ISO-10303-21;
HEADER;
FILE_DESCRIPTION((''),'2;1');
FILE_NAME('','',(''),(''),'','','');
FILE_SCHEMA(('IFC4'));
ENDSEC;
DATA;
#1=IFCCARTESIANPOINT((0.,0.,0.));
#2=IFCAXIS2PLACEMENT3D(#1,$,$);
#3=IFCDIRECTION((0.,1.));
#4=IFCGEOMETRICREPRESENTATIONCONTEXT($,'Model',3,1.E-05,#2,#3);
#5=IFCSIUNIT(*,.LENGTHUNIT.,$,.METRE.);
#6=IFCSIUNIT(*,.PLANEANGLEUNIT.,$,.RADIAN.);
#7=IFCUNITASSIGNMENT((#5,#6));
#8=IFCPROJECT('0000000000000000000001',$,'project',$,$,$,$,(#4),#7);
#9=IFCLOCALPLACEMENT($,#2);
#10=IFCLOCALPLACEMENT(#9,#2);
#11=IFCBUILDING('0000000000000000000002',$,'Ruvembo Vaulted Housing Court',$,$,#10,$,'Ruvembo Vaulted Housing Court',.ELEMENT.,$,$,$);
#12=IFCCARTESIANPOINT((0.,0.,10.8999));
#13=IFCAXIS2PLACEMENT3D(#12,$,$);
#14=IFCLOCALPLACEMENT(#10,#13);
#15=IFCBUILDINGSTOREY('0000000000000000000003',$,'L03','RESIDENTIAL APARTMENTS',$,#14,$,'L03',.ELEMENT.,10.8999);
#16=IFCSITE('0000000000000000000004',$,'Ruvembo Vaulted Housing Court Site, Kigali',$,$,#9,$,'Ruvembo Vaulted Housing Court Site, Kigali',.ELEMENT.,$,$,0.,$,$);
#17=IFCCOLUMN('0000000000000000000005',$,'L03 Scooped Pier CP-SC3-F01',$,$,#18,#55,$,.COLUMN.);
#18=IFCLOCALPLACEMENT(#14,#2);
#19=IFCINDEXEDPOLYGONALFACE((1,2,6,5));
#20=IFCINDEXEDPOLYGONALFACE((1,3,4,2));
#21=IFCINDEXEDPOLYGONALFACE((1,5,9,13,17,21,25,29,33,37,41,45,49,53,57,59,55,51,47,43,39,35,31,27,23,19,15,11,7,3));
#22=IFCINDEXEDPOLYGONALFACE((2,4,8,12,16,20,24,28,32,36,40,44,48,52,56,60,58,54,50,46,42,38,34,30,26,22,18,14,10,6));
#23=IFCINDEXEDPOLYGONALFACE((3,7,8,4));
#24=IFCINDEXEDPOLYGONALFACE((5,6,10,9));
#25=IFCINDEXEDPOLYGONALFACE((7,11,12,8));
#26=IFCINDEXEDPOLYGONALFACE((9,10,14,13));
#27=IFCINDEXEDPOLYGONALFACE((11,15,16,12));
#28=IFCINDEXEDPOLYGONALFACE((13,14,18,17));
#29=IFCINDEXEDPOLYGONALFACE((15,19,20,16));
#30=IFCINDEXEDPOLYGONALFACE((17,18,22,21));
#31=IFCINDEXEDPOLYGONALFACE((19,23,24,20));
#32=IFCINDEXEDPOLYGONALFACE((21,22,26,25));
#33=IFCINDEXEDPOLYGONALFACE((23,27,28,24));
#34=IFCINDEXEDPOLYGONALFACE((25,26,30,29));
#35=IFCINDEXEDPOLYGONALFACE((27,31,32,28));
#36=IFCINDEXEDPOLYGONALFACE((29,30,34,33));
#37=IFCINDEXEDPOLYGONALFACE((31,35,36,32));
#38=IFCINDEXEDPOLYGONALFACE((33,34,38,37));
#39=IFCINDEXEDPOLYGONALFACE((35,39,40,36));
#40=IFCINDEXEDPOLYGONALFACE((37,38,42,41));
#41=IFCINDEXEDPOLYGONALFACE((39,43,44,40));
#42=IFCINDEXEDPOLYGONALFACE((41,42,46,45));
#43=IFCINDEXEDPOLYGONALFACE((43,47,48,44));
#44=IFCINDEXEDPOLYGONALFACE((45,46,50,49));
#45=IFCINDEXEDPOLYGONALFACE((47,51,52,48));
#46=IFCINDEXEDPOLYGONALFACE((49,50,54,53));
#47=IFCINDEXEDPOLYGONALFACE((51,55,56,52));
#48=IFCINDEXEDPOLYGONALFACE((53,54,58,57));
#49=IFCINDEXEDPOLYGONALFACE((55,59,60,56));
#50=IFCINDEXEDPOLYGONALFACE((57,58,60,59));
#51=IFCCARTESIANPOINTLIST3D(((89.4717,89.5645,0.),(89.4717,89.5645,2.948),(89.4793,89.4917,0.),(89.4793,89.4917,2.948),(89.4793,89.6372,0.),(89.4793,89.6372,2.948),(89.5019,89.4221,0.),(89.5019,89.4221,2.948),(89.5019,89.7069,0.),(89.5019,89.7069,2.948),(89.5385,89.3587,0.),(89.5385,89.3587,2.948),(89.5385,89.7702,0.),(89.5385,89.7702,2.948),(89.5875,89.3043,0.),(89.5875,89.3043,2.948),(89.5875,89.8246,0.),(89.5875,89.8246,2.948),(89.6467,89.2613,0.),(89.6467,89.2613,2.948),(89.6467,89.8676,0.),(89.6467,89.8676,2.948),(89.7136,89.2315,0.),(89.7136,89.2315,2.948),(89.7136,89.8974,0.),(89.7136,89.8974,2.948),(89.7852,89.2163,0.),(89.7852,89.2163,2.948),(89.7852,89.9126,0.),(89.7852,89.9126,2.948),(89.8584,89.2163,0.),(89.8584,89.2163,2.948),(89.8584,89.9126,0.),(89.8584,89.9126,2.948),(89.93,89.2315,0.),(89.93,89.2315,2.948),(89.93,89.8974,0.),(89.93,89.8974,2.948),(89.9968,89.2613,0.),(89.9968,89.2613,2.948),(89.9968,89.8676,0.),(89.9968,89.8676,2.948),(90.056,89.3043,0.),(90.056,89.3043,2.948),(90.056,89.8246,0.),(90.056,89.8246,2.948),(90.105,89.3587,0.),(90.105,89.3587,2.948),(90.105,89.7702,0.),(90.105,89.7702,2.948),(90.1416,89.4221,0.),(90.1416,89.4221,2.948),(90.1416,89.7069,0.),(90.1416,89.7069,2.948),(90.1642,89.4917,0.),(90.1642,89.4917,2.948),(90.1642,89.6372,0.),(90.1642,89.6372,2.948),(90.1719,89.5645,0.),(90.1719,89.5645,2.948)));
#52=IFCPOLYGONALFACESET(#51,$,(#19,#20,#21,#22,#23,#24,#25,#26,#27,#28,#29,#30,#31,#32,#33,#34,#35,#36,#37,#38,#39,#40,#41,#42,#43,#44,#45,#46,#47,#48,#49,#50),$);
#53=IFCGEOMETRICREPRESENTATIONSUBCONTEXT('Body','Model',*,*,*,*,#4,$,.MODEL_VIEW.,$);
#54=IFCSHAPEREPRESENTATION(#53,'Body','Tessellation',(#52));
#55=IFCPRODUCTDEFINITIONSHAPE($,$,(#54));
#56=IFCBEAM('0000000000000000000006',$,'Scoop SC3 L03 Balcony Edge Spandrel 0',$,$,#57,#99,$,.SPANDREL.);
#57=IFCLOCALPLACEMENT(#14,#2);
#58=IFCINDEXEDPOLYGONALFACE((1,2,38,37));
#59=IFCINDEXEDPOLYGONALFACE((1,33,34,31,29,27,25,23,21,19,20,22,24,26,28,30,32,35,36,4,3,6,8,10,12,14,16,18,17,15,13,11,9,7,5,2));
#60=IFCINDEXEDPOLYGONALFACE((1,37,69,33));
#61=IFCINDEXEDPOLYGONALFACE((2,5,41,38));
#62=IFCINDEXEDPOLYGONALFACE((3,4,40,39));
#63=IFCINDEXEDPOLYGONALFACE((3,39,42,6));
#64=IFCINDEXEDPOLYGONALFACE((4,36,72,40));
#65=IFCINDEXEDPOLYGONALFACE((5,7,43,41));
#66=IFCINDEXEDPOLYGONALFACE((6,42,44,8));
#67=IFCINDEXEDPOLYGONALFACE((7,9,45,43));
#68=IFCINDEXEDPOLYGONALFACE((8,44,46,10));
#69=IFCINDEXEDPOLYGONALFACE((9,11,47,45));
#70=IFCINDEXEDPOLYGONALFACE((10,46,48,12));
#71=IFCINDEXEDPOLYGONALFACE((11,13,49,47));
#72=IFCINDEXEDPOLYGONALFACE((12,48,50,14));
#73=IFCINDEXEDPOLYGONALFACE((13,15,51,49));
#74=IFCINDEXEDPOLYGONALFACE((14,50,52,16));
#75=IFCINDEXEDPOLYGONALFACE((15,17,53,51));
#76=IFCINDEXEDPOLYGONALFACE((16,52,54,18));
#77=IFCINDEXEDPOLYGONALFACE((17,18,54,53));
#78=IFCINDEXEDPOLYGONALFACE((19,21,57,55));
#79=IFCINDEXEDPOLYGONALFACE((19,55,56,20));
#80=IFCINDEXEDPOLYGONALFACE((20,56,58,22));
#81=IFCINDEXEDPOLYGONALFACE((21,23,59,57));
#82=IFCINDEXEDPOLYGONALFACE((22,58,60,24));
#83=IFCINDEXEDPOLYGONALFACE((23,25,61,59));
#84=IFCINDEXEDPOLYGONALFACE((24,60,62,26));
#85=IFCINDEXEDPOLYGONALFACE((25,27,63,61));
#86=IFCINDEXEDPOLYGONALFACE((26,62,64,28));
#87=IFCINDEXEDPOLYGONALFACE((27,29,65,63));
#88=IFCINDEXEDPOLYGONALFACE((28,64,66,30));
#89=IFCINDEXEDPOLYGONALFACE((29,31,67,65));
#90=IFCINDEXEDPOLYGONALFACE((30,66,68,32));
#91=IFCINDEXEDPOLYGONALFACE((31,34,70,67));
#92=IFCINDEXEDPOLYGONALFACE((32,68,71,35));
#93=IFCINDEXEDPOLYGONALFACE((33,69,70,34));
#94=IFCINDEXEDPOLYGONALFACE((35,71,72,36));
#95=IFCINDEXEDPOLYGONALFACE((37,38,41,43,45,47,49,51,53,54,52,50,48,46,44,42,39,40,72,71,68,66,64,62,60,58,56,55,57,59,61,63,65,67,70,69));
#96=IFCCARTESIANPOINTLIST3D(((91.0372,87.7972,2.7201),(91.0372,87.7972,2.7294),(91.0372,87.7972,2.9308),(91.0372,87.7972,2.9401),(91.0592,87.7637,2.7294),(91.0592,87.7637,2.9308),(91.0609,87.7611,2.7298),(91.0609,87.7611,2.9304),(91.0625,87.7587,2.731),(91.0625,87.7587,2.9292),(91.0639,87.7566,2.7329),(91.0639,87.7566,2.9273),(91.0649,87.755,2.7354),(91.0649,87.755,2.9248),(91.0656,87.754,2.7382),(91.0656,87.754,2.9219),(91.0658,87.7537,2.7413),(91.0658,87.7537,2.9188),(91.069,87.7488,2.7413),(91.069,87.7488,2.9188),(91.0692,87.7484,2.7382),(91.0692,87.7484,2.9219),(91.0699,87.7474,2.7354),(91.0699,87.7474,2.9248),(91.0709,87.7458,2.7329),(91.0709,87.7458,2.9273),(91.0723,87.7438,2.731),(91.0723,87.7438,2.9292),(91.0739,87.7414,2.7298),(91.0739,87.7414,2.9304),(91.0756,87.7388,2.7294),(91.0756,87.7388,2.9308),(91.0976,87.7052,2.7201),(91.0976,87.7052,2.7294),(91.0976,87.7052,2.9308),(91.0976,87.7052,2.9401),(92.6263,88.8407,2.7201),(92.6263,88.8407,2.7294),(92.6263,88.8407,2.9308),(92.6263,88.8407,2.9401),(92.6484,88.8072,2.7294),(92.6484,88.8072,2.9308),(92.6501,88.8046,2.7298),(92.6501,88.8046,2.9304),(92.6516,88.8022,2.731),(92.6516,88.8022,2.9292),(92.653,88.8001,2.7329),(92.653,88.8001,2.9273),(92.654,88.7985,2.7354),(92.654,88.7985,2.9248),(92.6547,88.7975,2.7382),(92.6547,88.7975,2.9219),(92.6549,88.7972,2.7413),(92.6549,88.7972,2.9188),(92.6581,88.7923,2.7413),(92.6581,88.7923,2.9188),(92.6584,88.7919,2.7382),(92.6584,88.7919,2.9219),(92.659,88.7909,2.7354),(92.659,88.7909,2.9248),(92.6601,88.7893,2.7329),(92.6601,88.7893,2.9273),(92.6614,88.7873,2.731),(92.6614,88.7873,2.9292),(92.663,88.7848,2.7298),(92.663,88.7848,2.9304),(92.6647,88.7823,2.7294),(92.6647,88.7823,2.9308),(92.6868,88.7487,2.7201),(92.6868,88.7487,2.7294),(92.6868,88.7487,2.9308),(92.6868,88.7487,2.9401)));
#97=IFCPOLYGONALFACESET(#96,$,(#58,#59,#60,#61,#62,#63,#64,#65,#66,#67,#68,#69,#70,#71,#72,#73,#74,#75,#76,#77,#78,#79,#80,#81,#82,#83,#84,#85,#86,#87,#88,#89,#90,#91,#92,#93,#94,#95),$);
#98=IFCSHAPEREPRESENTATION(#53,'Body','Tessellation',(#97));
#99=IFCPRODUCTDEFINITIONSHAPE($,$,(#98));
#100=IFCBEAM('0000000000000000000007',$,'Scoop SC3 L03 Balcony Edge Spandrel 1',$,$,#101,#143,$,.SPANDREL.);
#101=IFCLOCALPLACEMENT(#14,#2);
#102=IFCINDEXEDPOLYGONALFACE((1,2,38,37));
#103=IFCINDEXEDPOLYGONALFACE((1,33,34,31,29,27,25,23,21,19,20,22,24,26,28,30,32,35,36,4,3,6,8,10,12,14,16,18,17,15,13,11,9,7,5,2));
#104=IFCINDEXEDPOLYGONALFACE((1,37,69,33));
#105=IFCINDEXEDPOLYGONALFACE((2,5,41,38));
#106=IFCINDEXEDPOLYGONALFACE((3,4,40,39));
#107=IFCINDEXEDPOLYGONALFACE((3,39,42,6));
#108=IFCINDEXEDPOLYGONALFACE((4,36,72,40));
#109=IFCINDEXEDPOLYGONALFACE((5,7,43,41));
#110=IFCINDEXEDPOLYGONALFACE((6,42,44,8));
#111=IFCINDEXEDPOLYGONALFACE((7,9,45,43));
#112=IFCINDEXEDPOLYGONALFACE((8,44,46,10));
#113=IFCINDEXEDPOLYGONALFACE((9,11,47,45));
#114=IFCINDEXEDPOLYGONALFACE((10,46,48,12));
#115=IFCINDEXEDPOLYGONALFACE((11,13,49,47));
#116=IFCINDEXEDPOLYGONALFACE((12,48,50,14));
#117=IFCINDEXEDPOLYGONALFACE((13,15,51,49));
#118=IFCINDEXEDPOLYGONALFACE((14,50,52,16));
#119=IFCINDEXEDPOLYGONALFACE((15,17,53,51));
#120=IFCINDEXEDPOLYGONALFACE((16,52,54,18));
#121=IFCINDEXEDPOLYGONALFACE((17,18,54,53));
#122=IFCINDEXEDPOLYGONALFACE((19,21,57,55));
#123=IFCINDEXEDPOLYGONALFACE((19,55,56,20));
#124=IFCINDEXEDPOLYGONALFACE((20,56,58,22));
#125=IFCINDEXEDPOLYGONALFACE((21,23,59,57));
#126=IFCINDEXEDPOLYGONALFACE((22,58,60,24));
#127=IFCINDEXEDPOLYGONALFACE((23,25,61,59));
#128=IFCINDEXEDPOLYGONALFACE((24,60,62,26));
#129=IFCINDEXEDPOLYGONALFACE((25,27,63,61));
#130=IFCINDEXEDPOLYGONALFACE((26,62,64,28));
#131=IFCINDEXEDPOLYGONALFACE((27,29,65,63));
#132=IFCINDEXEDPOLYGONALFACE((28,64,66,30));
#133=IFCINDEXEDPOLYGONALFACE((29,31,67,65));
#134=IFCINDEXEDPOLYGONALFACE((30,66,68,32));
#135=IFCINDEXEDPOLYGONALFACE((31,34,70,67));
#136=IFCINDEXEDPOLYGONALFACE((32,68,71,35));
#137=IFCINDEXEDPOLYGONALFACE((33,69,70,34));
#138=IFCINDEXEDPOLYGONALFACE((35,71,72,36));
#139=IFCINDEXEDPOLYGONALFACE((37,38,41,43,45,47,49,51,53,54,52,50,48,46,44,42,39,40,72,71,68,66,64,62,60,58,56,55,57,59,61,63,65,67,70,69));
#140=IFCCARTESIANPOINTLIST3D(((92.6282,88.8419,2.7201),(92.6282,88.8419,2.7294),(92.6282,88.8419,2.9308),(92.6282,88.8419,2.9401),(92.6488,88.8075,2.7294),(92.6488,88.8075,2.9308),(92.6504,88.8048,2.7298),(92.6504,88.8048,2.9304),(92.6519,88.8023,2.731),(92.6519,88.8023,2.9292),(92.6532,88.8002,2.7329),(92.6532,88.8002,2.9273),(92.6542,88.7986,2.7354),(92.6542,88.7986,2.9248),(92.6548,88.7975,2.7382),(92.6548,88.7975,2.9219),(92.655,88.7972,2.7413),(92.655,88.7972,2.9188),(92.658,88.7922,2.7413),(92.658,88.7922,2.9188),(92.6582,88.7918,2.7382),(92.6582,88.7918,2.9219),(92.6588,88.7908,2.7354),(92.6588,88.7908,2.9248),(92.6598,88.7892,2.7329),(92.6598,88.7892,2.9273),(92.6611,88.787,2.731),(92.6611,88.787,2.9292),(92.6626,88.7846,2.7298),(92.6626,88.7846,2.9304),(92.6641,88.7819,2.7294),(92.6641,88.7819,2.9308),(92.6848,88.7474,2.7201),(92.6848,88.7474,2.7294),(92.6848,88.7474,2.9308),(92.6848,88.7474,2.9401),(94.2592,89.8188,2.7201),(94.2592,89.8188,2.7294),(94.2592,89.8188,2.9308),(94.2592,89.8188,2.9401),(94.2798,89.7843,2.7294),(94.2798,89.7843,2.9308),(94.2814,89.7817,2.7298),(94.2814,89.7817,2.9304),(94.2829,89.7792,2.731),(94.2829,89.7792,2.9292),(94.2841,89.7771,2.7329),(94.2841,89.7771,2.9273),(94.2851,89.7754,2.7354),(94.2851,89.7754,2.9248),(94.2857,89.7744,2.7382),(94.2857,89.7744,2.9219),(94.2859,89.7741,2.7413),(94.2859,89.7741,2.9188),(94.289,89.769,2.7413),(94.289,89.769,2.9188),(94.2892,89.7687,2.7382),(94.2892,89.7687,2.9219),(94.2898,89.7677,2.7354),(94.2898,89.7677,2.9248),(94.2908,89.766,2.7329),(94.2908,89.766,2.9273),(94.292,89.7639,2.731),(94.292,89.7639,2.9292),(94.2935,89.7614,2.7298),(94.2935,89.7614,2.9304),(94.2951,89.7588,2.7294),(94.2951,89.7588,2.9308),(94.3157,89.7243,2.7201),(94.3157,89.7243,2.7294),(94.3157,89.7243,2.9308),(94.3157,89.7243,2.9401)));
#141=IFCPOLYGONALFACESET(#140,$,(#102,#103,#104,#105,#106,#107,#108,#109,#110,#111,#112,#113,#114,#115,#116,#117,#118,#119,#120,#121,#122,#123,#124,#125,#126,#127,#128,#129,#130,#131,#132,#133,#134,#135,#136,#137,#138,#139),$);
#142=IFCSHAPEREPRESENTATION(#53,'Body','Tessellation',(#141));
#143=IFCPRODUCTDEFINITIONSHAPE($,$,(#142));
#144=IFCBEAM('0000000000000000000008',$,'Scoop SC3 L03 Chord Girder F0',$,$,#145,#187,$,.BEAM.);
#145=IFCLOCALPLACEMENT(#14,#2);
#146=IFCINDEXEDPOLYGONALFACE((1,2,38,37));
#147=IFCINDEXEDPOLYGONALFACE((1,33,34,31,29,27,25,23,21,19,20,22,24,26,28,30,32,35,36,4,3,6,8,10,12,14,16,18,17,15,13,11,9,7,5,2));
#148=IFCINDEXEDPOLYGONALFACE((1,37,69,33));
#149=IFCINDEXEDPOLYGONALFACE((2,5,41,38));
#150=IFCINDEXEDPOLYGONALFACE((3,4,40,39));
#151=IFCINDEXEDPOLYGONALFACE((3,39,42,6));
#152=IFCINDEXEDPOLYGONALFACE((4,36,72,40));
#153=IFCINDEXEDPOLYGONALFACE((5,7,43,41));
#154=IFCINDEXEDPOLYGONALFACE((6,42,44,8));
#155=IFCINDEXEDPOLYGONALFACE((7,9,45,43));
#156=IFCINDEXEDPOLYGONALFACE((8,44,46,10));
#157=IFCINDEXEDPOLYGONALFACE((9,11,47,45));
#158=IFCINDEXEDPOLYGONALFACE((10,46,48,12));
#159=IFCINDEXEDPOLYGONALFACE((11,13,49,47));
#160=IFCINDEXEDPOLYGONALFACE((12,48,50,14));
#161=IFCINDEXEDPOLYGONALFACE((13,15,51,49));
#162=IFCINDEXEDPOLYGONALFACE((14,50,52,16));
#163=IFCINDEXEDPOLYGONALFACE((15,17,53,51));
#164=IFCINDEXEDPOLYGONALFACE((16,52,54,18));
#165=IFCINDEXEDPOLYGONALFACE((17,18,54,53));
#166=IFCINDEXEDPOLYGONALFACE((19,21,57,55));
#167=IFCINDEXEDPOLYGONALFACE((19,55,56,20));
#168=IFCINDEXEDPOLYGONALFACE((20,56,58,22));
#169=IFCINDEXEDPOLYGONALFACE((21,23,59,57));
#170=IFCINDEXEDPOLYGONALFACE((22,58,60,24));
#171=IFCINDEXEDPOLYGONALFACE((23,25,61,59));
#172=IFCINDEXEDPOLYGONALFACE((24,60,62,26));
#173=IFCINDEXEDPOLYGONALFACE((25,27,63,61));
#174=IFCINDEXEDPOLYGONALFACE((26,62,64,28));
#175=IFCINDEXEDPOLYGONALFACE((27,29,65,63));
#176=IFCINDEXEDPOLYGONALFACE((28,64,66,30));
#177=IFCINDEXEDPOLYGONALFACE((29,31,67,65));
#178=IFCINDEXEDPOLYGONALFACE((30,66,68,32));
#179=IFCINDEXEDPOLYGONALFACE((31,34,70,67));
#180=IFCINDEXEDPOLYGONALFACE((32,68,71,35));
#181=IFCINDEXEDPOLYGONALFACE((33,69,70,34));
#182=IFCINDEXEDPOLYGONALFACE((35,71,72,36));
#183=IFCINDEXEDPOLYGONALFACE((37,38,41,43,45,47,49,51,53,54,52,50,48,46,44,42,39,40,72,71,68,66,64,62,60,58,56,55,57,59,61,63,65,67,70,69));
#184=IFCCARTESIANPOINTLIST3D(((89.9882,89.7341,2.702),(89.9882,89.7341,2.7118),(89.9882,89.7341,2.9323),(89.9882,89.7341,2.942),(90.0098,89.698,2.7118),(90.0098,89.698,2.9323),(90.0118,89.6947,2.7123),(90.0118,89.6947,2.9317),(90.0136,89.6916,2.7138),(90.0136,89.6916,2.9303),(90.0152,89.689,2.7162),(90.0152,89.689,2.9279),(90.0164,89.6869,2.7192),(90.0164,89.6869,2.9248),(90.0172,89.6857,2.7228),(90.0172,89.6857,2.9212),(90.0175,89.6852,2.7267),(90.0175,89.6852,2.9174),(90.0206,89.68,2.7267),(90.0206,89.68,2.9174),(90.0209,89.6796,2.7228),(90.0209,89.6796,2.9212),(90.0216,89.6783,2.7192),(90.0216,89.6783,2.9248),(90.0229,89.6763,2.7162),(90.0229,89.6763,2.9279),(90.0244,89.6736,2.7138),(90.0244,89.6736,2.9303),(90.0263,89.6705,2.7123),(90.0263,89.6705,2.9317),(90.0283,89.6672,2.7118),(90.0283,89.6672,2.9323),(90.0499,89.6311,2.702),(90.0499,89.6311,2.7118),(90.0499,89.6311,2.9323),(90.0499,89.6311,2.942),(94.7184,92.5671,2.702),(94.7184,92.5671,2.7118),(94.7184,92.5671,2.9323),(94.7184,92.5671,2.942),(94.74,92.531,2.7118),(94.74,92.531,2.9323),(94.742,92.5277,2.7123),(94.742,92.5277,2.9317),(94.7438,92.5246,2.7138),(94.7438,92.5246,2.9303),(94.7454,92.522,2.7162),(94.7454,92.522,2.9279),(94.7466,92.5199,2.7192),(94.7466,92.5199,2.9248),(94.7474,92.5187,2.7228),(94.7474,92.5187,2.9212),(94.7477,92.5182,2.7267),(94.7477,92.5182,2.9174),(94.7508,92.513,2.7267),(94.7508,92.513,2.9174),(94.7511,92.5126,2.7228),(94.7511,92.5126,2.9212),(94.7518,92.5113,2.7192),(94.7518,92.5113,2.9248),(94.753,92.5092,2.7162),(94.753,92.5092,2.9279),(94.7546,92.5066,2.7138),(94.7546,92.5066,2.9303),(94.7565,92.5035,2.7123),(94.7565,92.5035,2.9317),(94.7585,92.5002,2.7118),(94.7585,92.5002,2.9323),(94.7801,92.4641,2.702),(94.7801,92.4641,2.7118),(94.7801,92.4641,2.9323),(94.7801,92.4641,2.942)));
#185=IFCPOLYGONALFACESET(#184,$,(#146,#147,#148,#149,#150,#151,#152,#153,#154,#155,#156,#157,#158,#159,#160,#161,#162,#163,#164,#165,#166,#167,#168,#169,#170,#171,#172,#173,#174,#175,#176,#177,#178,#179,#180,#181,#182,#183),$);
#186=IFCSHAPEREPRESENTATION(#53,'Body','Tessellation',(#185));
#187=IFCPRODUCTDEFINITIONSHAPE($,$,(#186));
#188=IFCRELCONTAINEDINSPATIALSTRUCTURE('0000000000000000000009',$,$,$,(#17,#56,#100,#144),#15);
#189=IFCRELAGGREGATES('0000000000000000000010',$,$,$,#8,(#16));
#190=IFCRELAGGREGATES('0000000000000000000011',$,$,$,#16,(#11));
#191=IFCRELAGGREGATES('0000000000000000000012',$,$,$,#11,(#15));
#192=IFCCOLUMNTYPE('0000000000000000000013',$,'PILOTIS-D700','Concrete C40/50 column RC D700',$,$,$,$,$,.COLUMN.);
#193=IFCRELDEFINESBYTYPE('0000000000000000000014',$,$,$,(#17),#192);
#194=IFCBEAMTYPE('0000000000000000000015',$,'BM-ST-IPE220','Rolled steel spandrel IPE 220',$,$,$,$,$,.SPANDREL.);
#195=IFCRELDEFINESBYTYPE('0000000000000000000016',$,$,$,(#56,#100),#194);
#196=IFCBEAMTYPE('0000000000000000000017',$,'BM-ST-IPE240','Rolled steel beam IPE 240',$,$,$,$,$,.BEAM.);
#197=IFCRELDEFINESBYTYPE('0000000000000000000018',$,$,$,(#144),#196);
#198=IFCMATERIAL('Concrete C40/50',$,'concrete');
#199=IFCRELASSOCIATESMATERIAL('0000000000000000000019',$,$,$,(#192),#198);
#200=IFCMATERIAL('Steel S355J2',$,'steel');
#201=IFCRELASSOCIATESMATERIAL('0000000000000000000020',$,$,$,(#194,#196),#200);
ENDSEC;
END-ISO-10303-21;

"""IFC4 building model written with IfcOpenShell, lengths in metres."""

from ifc_helpers import new_model, si_unit, direction, frame, origin, origin_2d, place, context, subcontext, project, spatial, circle, i_section, extrude, material, material_profile, profile_set, type_object, element, save


model = new_model("IFC4")

# Units and contexts
model_context = context("Model", 3, precision=1e-05, world=origin(), true_north=direction((0.0, 1.0)))
body_context = subcontext(model_context, "Body", "Model", "MODEL_VIEW")
ifc_project = project(units=[si_unit("LENGTHUNIT", "METRE"), si_unit("PLANEANGLEUNIT", "RADIAN")], contexts=[model_context])

# Site, building, storey
site_placement = place(None, origin())
site = spatial("IfcSite", under=ifc_project, at=site_placement, Name="Ruvembo Vaulted Housing Court Site, Kigali", LongName="Ruvembo Vaulted Housing Court Site, Kigali", CompositionType="ELEMENT", RefElevation=0.0)
building_placement = place(site_placement, origin())
building = spatial("IfcBuilding", under=site, at=building_placement, Name="Ruvembo Vaulted Housing Court", LongName="Ruvembo Vaulted Housing Court", CompositionType="ELEMENT")
storey_placement = place(building_placement, frame((0.0, 0.0, 10.8999)))
storey = spatial("IfcBuildingStorey", under=building, at=storey_placement, Name="L03", Description="RESIDENTIAL APARTMENTS", LongName="L03", CompositionType="ELEMENT", Elevation=10.8999)

# Column
ifc_material_1 = material(Name="Concrete C40/50", Category="concrete")
ifc_material_profile_1 = material_profile(ifc_material_1, circle(Radius=0.3501, at=origin_2d()), Name="RC D700")
ifc_profile_set_1 = profile_set([ifc_material_profile_1], Name="Concrete C40/50")
column_type = type_object("IfcColumnType", Name="PILOTIS-D700", Description="Concrete C40/50 column RC D700", PredefinedType="COLUMN", material=ifc_profile_set_1)
column_placement = place(storey_placement, frame((89.8218, 89.5645, 0.0), z_axis=(0.0, 0.0, 1.0), x_axis=(1.0, 0.0, 0.0)))
element("IfcColumn", 1, at=column_placement, inside=storey, type_object=column_type, Name="L03 Scooped Pier CP-SC3-F01", PredefinedType="COLUMN", context=body_context, shape_type="SweptSolid", body=[
    extrude(circle(Radius=0.3501, at=origin_2d()), origin(), (0.0, 0.0, 1.0), 2.948),
])

# Beams
ifc_material_2 = material(Name="Steel S355J2", Category="steel")
ifc_material_profile_2 = material_profile(ifc_material_2, i_section(OverallWidth=0.1101, OverallDepth=0.22, WebThickness=0.0059, FlangeThickness=0.0093, FilletRadius=0.012, at=origin_2d()), Name="IPE 220")
ifc_profile_set_2 = profile_set([ifc_material_profile_2], Name="Steel S355J2")
beam_type_1 = type_object("IfcBeamType", Name="BM-ST-IPE220", Description="Rolled steel spandrel IPE 220", PredefinedType="SPANDREL", material=ifc_profile_set_2)
for number, where, z_axis, x_axis, name in (
    (2, (91.0674, 87.7512, 2.8301), (0.835902, 0.548878, 0.0), (-0.548878, 0.835902, 0.0), "Scoop SC3 L03 Balcony Edge Spandrel 0"),
    (3, (92.6565, 88.7947, 2.8301), (0.857889, 0.513835, 0.0), (-0.513835, 0.857889, 0.0), "Scoop SC3 L03 Balcony Edge Spandrel 1"),
):
    element("IfcBeam", number, at=place(storey_placement, frame(where, z_axis=z_axis, x_axis=x_axis)), inside=storey, type_object=beam_type_1, Name=name, PredefinedType="SPANDREL", context=body_context, shape_type="SweptSolid", body=[
        extrude(i_section(OverallWidth=0.1101, OverallDepth=0.22, WebThickness=0.0059, FlangeThickness=0.0093, FilletRadius=0.012, at=origin_2d()), origin(), (0.0, 0.0, 1.0), 1.9011),
    ])
ifc_material_profile_3 = material_profile(ifc_material_2, i_section(OverallWidth=0.1201, OverallDepth=0.24, WebThickness=0.0061, FlangeThickness=0.0098, FilletRadius=0.0149, at=origin_2d()), Name="IPE 240")
ifc_profile_set_3 = profile_set([ifc_material_profile_3], Name="Steel S355J2")
beam_type_2 = type_object("IfcBeamType", Name="BM-ST-IPE240", Description="Rolled steel beam IPE 240", PredefinedType="BEAM", material=ifc_profile_set_3)
beam_placement = place(storey_placement, frame((90.019, 89.6826, 2.822), z_axis=(0.857903, 0.513812, 0.0), x_axis=(-0.513812, 0.857903, 0.0)))
element("IfcBeam", 4, at=beam_placement, inside=storey, type_object=beam_type_2, Name="Scoop SC3 L03 Chord Girder F0", PredefinedType="BEAM", context=body_context, shape_type="SweptSolid", body=[
    extrude(i_section(OverallWidth=0.1201, OverallDepth=0.24, WebThickness=0.0061, FlangeThickness=0.0098, FilletRadius=0.0149, at=origin_2d()), origin(), (0.0, 0.0, 1.0), 5.5137),
])

save(model, "model.ifc")
